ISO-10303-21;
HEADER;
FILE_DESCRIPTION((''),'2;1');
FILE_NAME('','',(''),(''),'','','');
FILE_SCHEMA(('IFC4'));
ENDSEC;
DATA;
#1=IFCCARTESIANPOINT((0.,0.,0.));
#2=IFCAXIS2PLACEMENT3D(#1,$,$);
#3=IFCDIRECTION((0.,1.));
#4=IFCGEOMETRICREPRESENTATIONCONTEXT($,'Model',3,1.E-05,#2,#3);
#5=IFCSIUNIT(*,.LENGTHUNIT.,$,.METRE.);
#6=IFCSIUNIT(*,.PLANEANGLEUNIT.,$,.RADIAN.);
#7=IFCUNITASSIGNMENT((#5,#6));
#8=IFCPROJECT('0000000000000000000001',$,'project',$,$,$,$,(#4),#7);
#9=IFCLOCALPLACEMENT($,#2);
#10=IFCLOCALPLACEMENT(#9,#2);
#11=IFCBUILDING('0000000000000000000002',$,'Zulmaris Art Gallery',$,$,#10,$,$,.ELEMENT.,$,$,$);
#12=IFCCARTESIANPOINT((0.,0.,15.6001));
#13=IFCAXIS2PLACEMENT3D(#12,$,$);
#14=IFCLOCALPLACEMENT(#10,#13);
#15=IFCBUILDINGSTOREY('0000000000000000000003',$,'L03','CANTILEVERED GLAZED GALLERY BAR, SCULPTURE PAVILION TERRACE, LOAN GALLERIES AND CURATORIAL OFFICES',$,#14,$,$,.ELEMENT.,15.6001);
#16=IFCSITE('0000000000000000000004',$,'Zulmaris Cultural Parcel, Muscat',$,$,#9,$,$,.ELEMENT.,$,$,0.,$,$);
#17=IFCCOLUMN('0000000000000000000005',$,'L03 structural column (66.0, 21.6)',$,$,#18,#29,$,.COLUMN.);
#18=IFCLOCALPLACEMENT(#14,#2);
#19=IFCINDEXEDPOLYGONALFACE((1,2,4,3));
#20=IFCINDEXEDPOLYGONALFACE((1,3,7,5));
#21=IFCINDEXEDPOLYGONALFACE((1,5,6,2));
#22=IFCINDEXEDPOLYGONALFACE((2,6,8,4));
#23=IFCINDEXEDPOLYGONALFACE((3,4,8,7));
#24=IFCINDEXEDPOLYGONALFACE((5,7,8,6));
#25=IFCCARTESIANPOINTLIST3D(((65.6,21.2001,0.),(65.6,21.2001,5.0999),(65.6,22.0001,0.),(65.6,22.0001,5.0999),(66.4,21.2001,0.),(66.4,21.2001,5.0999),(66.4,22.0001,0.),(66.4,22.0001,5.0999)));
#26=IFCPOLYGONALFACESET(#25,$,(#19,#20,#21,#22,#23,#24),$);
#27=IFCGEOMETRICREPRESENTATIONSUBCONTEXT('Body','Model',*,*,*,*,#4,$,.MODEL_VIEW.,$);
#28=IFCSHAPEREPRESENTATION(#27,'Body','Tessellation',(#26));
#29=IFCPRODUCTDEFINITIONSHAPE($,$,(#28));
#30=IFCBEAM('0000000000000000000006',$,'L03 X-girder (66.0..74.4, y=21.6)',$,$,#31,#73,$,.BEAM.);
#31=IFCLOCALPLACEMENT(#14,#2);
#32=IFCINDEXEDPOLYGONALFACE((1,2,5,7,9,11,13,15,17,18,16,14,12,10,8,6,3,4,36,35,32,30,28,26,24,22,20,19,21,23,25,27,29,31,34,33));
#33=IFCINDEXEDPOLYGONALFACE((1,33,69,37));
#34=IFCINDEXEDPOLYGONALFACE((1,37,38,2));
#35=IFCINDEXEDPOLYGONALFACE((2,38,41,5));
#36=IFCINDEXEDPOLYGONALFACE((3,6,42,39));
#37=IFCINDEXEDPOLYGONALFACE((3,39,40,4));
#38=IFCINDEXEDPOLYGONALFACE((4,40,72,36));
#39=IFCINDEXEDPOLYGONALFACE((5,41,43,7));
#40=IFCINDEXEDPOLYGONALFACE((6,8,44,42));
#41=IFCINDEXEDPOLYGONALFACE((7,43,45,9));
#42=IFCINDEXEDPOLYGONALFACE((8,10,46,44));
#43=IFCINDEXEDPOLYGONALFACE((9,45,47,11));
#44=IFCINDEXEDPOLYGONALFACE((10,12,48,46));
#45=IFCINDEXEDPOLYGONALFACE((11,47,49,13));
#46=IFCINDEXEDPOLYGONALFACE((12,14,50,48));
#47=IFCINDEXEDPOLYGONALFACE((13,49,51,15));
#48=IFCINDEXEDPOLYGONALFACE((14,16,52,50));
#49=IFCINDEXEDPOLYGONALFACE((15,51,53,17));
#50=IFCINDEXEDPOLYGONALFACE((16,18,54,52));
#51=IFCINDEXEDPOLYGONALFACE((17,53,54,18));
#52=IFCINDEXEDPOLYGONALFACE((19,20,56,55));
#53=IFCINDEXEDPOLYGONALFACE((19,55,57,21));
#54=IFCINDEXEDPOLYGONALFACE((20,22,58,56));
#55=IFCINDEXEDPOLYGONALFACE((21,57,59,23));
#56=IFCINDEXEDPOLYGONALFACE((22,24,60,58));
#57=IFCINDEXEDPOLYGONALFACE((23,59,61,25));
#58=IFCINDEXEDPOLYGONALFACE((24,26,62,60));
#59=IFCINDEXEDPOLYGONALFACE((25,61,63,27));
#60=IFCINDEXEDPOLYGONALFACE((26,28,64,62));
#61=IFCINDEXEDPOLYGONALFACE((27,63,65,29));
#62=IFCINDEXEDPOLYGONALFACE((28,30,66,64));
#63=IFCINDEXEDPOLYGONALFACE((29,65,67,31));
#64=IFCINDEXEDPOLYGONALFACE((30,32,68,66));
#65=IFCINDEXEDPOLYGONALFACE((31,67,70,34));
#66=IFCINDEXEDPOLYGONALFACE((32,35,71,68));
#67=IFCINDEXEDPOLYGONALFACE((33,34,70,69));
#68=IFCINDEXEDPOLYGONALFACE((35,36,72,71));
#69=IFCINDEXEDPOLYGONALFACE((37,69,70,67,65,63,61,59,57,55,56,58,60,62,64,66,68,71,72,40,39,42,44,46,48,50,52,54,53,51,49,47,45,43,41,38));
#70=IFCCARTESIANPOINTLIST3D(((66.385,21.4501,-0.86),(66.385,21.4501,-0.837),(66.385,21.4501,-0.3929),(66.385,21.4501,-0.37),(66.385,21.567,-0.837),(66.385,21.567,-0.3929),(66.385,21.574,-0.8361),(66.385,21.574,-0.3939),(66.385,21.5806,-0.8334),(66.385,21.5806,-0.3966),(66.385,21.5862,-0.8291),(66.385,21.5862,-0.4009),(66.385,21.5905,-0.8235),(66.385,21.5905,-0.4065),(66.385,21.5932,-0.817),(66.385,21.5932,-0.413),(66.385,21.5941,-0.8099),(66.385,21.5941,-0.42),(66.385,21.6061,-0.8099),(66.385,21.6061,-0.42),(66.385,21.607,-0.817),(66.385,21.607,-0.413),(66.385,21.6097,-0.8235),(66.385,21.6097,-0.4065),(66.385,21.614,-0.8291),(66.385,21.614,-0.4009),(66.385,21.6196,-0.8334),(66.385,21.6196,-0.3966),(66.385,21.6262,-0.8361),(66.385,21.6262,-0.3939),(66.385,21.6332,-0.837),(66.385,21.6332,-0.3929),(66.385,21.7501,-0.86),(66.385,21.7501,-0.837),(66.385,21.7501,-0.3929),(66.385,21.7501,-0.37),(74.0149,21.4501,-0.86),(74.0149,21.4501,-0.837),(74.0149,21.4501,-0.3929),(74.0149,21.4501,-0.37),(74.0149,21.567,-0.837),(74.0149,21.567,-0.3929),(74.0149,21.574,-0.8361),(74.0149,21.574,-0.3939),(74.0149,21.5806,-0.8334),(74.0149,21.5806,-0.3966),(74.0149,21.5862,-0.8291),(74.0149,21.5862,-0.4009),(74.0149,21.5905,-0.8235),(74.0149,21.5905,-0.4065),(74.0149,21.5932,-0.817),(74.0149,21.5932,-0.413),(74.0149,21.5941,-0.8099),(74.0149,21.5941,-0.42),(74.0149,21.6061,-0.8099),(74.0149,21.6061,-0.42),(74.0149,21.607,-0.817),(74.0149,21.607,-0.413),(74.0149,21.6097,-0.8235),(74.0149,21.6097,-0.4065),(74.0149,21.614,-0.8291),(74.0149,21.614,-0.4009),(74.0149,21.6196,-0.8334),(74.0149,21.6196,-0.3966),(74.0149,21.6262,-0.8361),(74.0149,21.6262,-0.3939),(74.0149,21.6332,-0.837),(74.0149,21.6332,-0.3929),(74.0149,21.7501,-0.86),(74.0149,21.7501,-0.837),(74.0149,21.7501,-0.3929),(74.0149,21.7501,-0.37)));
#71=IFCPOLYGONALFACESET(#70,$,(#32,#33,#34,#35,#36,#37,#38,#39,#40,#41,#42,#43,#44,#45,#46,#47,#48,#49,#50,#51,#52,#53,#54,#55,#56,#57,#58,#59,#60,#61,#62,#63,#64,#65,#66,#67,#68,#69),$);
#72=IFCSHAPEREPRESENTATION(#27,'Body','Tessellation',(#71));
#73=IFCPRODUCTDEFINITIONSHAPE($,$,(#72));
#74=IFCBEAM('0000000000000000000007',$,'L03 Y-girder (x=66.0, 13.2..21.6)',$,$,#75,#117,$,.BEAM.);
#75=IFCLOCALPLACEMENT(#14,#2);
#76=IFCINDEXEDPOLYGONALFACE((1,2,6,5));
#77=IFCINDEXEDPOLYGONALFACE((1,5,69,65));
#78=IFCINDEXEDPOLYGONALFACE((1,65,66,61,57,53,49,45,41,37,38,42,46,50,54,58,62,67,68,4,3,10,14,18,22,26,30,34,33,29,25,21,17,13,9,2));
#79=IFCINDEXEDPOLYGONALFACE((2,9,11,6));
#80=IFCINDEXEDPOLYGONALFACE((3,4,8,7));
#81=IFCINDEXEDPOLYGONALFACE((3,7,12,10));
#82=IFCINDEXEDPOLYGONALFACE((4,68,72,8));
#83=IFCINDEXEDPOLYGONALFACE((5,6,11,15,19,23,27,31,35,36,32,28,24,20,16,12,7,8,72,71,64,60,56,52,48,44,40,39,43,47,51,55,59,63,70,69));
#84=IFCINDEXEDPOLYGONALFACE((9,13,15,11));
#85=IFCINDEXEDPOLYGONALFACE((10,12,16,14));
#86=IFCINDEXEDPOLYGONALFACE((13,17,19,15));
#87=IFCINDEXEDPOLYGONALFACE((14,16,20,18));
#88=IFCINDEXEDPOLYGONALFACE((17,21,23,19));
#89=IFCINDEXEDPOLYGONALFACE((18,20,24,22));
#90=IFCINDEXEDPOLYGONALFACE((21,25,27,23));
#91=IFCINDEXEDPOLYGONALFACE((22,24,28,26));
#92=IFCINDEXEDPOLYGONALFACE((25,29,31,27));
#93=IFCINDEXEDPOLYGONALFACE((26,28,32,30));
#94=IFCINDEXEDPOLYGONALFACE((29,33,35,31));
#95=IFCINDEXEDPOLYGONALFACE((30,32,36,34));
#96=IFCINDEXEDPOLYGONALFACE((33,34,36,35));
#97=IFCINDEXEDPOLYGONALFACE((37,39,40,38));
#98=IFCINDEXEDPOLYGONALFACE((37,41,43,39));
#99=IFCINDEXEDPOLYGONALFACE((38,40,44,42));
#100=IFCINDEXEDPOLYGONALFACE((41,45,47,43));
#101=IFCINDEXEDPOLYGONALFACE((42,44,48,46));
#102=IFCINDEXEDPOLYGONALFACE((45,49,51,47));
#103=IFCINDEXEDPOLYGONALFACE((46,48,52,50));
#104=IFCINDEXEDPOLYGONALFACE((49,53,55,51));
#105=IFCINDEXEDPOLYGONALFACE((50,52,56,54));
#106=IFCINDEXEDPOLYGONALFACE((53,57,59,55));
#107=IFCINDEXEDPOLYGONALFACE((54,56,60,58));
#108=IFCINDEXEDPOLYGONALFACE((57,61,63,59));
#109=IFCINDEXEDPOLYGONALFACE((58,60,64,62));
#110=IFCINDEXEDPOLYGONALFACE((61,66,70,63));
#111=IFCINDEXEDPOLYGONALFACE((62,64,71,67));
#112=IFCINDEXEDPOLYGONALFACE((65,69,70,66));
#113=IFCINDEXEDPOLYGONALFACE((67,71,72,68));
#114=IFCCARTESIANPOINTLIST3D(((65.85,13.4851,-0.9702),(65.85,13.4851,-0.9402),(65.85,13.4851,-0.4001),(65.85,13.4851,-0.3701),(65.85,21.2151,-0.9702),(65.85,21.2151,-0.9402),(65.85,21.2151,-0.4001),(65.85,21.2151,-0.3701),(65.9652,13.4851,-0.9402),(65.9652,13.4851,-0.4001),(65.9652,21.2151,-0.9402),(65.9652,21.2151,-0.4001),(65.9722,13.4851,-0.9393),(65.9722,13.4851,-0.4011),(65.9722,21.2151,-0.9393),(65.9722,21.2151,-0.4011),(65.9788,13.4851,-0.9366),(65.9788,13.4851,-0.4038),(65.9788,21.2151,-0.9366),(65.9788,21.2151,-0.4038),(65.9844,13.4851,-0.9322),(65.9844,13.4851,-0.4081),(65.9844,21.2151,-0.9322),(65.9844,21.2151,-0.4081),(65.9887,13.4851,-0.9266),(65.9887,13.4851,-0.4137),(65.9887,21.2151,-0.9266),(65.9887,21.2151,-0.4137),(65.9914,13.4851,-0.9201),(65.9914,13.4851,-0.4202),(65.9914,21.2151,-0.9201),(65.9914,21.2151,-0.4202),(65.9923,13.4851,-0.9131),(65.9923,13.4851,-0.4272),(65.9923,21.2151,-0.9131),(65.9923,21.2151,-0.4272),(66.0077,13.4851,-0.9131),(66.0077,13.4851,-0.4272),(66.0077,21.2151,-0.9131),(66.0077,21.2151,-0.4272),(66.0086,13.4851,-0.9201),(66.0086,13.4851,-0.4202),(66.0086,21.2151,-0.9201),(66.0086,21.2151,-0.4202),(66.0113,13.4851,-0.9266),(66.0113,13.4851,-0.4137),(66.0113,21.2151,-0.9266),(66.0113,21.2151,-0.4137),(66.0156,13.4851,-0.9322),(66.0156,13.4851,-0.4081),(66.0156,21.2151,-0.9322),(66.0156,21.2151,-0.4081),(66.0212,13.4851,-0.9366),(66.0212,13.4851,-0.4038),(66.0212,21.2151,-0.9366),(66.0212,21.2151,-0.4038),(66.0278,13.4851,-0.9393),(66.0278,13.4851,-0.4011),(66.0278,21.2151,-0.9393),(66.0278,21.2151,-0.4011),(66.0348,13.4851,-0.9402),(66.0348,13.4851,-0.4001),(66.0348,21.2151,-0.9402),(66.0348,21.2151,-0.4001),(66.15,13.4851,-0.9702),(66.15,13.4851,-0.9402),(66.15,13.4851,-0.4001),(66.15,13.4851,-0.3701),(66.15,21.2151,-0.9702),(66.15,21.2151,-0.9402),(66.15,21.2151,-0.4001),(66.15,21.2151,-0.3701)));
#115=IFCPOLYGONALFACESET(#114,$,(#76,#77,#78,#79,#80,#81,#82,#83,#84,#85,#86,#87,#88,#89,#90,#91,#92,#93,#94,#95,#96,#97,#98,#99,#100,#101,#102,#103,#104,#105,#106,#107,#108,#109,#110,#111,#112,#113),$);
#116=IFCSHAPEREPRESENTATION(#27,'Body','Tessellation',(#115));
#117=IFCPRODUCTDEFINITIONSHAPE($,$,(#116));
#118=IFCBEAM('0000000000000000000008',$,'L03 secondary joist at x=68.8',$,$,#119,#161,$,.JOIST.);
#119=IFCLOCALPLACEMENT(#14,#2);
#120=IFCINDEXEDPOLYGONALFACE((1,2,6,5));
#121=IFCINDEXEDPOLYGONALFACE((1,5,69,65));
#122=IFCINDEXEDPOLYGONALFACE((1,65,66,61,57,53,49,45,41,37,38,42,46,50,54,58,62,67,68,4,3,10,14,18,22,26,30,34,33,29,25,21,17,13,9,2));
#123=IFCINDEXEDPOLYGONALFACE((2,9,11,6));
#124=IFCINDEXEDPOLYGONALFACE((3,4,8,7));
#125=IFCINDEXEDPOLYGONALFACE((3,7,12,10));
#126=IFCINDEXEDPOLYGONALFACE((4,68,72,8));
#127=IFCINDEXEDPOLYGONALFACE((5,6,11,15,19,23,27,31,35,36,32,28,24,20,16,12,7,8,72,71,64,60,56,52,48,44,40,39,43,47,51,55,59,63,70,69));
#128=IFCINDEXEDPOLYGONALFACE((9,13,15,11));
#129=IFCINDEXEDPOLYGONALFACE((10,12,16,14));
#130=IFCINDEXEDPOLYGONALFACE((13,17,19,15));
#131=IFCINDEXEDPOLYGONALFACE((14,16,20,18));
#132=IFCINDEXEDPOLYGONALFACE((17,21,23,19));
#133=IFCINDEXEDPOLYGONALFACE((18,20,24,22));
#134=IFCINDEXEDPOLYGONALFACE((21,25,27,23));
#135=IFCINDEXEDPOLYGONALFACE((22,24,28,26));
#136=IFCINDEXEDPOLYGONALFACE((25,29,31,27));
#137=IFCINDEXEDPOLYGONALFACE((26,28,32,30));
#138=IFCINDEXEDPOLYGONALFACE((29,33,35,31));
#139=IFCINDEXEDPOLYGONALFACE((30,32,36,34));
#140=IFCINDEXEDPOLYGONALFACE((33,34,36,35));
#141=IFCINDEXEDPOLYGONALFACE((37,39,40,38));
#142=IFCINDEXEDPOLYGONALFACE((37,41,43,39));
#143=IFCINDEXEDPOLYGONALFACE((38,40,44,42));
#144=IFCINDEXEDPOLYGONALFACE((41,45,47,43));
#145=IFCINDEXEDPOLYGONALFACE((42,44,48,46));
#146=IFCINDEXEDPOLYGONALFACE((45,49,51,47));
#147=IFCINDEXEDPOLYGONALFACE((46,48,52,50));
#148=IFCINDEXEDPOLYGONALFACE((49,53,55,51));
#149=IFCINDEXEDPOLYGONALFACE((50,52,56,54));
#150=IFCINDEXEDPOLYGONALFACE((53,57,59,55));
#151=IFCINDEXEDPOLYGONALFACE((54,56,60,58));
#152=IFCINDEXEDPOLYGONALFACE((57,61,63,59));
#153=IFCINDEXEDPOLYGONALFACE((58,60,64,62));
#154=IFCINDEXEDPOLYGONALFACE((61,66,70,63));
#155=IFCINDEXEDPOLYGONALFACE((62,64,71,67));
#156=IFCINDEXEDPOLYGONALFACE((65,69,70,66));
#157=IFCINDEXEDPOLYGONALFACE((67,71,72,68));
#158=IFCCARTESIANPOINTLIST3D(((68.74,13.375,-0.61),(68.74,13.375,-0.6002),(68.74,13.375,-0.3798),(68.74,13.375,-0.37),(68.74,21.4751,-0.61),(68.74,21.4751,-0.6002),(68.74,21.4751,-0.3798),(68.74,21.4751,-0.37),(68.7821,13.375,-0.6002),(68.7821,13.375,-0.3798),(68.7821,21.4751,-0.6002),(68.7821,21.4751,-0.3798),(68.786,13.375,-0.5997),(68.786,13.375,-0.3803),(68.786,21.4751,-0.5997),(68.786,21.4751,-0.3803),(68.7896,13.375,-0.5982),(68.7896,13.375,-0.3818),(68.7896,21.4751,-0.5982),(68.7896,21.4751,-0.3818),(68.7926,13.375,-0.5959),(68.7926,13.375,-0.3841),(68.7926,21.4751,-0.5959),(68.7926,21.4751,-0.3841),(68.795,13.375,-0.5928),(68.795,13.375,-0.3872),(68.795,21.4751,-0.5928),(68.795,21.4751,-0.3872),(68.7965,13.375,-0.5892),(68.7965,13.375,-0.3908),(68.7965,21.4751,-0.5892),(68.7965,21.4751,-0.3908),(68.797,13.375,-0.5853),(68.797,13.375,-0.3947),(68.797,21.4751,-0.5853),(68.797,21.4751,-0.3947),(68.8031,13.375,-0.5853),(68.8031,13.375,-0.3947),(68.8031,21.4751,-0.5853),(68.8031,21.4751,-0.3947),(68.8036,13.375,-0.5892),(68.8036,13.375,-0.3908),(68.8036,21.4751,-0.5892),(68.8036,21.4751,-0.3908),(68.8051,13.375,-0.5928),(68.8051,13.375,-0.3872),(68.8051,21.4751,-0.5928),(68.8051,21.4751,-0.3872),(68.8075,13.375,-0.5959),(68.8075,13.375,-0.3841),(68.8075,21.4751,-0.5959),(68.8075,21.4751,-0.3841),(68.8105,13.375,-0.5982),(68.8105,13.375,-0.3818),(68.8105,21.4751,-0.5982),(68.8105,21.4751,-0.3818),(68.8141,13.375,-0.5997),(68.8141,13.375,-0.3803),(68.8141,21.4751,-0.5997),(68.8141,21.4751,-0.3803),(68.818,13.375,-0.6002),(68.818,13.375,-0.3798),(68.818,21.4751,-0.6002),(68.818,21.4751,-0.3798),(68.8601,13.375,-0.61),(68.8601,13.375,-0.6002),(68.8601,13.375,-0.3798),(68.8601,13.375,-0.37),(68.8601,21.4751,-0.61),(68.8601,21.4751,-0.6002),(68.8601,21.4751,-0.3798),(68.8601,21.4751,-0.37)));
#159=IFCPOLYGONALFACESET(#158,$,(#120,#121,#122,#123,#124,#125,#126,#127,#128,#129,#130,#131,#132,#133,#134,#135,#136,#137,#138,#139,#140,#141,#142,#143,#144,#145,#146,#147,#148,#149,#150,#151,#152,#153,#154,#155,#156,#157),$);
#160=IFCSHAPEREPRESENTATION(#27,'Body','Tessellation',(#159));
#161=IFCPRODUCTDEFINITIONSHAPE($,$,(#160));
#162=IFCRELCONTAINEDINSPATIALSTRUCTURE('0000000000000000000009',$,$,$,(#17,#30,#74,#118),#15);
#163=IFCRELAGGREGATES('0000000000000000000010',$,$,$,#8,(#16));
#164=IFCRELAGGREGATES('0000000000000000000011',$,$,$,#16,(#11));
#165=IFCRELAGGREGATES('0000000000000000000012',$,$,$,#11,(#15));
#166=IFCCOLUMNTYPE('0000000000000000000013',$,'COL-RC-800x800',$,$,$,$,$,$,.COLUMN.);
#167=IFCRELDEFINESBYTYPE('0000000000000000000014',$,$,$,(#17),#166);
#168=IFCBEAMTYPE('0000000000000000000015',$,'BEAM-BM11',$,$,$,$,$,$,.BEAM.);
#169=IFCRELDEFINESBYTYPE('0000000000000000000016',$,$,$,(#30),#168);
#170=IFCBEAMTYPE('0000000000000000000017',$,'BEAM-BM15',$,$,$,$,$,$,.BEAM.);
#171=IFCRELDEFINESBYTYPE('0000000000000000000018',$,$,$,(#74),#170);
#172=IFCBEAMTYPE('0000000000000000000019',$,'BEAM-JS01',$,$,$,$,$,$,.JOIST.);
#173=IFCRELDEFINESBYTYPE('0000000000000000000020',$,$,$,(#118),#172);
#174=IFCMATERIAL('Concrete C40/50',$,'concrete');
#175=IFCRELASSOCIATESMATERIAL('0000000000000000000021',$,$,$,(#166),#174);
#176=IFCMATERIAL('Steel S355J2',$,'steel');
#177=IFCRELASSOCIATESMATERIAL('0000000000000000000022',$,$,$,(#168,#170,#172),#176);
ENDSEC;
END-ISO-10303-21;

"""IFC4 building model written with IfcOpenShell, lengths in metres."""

from ifc_helpers import new_model, si_unit, direction, frame, origin, origin_2d, place, context, subcontext, project, spatial, rectangle, i_section, extrude, material, material_profile, profile_set, type_object, element, save


model = new_model("IFC4")

# Units and contexts
model_context = context("Model", 3, precision=1e-05, world=origin(), true_north=direction((0.0, 1.0)))
body_context = subcontext(model_context, "Body", "Model", "MODEL_VIEW")
ifc_project = project(units=[si_unit("LENGTHUNIT", "METRE"), si_unit("PLANEANGLEUNIT", "RADIAN")], contexts=[model_context])

# Site, building, storey
site_placement = place(None, origin())
site = spatial("IfcSite", under=ifc_project, at=site_placement, Name="Zulmaris Cultural Parcel, Muscat", CompositionType="ELEMENT", RefElevation=0.0)
building_placement = place(site_placement, origin())
building = spatial("IfcBuilding", under=site, at=building_placement, Name="Zulmaris Art Gallery", CompositionType="ELEMENT")
storey_placement = place(building_placement, frame((0.0, 0.0, 15.6001)))
storey = spatial("IfcBuildingStorey", under=building, at=storey_placement, Name="L03", Description="CANTILEVERED GLAZED GALLERY BAR, SCULPTURE PAVILION TERRACE, LOAN GALLERIES AND CURATORIAL OFFICES", CompositionType="ELEMENT", Elevation=15.6001)

# Column
ifc_material_1 = material(Name="Concrete C40/50", Category="concrete")
ifc_material_profile_1 = material_profile(ifc_material_1, rectangle(XDim=0.8, YDim=0.8, at=origin_2d()), Name="RC 800x800")
ifc_profile_set_1 = profile_set([ifc_material_profile_1], Name="Concrete C40/50")
column_type = type_object("IfcColumnType", Name="COL-RC-800x800", PredefinedType="COLUMN", material=ifc_profile_set_1)
column_placement = place(storey_placement, frame((66.0, 21.6001, 0.0), z_axis=(0.0, 0.0, 1.0), x_axis=(1.0, 0.0, 0.0)))
element("IfcColumn", 1, at=column_placement, inside=storey, type_object=column_type, Name="L03 structural column (66.0, 21.6)", PredefinedType="COLUMN", context=body_context, shape_type="SweptSolid", body=[
    extrude(rectangle(XDim=0.8, YDim=0.8, at=origin_2d()), origin(), (0.0, 0.0, 1.0), 5.0999),
])

# Beams
ifc_material_2 = material(Name="Steel S355J2", Category="steel")
ifc_material_profile_2 = material_profile(ifc_material_2, i_section(OverallWidth=0.3, OverallDepth=0.49, WebThickness=0.012, FlangeThickness=0.0229, FilletRadius=0.0271, at=origin_2d()), Name="HEA 500")
ifc_profile_set_2 = profile_set([ifc_material_profile_2], Name="Steel S355J2")
beam_type_1 = type_object("IfcBeamType", Name="BEAM-BM11", PredefinedType="BEAM", material=ifc_profile_set_2)
beam_1_placement = place(storey_placement, frame((66.385, 21.6001, -0.615), z_axis=(1.0, 0.0, 0.0), x_axis=(0.0, 1.0, 0.0)))
element("IfcBeam", 2, at=beam_1_placement, inside=storey, type_object=beam_type_1, Name="L03 X-girder (66.0..74.4, y=21.6)", PredefinedType="BEAM", context=body_context, shape_type="SweptSolid", body=[
    extrude(i_section(OverallWidth=0.3, OverallDepth=0.49, WebThickness=0.012, FlangeThickness=0.0229, FilletRadius=0.0271, at=origin_2d()), origin(), (0.0, 0.0, 1.0), 7.6299),
])
ifc_material_profile_3 = material_profile(ifc_material_2, i_section(OverallWidth=0.3, OverallDepth=0.6001, WebThickness=0.0154, FlangeThickness=0.03, FilletRadius=0.0271, at=origin_2d()), Name="HEB 600")
ifc_profile_set_3 = profile_set([ifc_material_profile_3], Name="Steel S355J2")
beam_type_2 = type_object("IfcBeamType", Name="BEAM-BM15", PredefinedType="BEAM", material=ifc_profile_set_3)
beam_2_placement = place(storey_placement, frame((66.0, 13.4851, -0.6702), z_axis=(0.0, 1.0, 0.0), x_axis=(-1.0, 0.0, 0.0)))
element("IfcBeam", 3, at=beam_2_placement, inside=storey, type_object=beam_type_2, Name="L03 Y-girder (x=66.0, 13.2..21.6)", PredefinedType="BEAM", context=body_context, shape_type="SweptSolid", body=[
    extrude(i_section(OverallWidth=0.3, OverallDepth=0.6001, WebThickness=0.0154, FlangeThickness=0.03, FilletRadius=0.0271, at=origin_2d()), origin(), (0.0, 0.0, 1.0), 7.73),
])
ifc_material_profile_4 = material_profile(ifc_material_2, i_section(OverallWidth=0.1201, OverallDepth=0.24, WebThickness=0.0061, FlangeThickness=0.0098, FilletRadius=0.0149, at=origin_2d()), Name="IPE 240")
ifc_profile_set_4 = profile_set([ifc_material_profile_4], Name="Steel S355J2")
beam_type_3 = type_object("IfcBeamType", Name="BEAM-JS01", PredefinedType="JOIST", material=ifc_profile_set_4)
beam_3_placement = place(storey_placement, frame((68.8, 13.375, -0.49), z_axis=(0.0, 1.0, 0.0), x_axis=(-1.0, 0.0, 0.0)))
element("IfcBeam", 4, at=beam_3_placement, inside=storey, type_object=beam_type_3, Name="L03 secondary joist at x=68.8", PredefinedType="JOIST", context=body_context, shape_type="SweptSolid", body=[
    extrude(i_section(OverallWidth=0.1201, OverallDepth=0.24, WebThickness=0.0061, FlangeThickness=0.0098, FilletRadius=0.0149, at=origin_2d()), origin(), (0.0, 0.0, 1.0), 8.1001),
])

save(model, "model.ifc")
